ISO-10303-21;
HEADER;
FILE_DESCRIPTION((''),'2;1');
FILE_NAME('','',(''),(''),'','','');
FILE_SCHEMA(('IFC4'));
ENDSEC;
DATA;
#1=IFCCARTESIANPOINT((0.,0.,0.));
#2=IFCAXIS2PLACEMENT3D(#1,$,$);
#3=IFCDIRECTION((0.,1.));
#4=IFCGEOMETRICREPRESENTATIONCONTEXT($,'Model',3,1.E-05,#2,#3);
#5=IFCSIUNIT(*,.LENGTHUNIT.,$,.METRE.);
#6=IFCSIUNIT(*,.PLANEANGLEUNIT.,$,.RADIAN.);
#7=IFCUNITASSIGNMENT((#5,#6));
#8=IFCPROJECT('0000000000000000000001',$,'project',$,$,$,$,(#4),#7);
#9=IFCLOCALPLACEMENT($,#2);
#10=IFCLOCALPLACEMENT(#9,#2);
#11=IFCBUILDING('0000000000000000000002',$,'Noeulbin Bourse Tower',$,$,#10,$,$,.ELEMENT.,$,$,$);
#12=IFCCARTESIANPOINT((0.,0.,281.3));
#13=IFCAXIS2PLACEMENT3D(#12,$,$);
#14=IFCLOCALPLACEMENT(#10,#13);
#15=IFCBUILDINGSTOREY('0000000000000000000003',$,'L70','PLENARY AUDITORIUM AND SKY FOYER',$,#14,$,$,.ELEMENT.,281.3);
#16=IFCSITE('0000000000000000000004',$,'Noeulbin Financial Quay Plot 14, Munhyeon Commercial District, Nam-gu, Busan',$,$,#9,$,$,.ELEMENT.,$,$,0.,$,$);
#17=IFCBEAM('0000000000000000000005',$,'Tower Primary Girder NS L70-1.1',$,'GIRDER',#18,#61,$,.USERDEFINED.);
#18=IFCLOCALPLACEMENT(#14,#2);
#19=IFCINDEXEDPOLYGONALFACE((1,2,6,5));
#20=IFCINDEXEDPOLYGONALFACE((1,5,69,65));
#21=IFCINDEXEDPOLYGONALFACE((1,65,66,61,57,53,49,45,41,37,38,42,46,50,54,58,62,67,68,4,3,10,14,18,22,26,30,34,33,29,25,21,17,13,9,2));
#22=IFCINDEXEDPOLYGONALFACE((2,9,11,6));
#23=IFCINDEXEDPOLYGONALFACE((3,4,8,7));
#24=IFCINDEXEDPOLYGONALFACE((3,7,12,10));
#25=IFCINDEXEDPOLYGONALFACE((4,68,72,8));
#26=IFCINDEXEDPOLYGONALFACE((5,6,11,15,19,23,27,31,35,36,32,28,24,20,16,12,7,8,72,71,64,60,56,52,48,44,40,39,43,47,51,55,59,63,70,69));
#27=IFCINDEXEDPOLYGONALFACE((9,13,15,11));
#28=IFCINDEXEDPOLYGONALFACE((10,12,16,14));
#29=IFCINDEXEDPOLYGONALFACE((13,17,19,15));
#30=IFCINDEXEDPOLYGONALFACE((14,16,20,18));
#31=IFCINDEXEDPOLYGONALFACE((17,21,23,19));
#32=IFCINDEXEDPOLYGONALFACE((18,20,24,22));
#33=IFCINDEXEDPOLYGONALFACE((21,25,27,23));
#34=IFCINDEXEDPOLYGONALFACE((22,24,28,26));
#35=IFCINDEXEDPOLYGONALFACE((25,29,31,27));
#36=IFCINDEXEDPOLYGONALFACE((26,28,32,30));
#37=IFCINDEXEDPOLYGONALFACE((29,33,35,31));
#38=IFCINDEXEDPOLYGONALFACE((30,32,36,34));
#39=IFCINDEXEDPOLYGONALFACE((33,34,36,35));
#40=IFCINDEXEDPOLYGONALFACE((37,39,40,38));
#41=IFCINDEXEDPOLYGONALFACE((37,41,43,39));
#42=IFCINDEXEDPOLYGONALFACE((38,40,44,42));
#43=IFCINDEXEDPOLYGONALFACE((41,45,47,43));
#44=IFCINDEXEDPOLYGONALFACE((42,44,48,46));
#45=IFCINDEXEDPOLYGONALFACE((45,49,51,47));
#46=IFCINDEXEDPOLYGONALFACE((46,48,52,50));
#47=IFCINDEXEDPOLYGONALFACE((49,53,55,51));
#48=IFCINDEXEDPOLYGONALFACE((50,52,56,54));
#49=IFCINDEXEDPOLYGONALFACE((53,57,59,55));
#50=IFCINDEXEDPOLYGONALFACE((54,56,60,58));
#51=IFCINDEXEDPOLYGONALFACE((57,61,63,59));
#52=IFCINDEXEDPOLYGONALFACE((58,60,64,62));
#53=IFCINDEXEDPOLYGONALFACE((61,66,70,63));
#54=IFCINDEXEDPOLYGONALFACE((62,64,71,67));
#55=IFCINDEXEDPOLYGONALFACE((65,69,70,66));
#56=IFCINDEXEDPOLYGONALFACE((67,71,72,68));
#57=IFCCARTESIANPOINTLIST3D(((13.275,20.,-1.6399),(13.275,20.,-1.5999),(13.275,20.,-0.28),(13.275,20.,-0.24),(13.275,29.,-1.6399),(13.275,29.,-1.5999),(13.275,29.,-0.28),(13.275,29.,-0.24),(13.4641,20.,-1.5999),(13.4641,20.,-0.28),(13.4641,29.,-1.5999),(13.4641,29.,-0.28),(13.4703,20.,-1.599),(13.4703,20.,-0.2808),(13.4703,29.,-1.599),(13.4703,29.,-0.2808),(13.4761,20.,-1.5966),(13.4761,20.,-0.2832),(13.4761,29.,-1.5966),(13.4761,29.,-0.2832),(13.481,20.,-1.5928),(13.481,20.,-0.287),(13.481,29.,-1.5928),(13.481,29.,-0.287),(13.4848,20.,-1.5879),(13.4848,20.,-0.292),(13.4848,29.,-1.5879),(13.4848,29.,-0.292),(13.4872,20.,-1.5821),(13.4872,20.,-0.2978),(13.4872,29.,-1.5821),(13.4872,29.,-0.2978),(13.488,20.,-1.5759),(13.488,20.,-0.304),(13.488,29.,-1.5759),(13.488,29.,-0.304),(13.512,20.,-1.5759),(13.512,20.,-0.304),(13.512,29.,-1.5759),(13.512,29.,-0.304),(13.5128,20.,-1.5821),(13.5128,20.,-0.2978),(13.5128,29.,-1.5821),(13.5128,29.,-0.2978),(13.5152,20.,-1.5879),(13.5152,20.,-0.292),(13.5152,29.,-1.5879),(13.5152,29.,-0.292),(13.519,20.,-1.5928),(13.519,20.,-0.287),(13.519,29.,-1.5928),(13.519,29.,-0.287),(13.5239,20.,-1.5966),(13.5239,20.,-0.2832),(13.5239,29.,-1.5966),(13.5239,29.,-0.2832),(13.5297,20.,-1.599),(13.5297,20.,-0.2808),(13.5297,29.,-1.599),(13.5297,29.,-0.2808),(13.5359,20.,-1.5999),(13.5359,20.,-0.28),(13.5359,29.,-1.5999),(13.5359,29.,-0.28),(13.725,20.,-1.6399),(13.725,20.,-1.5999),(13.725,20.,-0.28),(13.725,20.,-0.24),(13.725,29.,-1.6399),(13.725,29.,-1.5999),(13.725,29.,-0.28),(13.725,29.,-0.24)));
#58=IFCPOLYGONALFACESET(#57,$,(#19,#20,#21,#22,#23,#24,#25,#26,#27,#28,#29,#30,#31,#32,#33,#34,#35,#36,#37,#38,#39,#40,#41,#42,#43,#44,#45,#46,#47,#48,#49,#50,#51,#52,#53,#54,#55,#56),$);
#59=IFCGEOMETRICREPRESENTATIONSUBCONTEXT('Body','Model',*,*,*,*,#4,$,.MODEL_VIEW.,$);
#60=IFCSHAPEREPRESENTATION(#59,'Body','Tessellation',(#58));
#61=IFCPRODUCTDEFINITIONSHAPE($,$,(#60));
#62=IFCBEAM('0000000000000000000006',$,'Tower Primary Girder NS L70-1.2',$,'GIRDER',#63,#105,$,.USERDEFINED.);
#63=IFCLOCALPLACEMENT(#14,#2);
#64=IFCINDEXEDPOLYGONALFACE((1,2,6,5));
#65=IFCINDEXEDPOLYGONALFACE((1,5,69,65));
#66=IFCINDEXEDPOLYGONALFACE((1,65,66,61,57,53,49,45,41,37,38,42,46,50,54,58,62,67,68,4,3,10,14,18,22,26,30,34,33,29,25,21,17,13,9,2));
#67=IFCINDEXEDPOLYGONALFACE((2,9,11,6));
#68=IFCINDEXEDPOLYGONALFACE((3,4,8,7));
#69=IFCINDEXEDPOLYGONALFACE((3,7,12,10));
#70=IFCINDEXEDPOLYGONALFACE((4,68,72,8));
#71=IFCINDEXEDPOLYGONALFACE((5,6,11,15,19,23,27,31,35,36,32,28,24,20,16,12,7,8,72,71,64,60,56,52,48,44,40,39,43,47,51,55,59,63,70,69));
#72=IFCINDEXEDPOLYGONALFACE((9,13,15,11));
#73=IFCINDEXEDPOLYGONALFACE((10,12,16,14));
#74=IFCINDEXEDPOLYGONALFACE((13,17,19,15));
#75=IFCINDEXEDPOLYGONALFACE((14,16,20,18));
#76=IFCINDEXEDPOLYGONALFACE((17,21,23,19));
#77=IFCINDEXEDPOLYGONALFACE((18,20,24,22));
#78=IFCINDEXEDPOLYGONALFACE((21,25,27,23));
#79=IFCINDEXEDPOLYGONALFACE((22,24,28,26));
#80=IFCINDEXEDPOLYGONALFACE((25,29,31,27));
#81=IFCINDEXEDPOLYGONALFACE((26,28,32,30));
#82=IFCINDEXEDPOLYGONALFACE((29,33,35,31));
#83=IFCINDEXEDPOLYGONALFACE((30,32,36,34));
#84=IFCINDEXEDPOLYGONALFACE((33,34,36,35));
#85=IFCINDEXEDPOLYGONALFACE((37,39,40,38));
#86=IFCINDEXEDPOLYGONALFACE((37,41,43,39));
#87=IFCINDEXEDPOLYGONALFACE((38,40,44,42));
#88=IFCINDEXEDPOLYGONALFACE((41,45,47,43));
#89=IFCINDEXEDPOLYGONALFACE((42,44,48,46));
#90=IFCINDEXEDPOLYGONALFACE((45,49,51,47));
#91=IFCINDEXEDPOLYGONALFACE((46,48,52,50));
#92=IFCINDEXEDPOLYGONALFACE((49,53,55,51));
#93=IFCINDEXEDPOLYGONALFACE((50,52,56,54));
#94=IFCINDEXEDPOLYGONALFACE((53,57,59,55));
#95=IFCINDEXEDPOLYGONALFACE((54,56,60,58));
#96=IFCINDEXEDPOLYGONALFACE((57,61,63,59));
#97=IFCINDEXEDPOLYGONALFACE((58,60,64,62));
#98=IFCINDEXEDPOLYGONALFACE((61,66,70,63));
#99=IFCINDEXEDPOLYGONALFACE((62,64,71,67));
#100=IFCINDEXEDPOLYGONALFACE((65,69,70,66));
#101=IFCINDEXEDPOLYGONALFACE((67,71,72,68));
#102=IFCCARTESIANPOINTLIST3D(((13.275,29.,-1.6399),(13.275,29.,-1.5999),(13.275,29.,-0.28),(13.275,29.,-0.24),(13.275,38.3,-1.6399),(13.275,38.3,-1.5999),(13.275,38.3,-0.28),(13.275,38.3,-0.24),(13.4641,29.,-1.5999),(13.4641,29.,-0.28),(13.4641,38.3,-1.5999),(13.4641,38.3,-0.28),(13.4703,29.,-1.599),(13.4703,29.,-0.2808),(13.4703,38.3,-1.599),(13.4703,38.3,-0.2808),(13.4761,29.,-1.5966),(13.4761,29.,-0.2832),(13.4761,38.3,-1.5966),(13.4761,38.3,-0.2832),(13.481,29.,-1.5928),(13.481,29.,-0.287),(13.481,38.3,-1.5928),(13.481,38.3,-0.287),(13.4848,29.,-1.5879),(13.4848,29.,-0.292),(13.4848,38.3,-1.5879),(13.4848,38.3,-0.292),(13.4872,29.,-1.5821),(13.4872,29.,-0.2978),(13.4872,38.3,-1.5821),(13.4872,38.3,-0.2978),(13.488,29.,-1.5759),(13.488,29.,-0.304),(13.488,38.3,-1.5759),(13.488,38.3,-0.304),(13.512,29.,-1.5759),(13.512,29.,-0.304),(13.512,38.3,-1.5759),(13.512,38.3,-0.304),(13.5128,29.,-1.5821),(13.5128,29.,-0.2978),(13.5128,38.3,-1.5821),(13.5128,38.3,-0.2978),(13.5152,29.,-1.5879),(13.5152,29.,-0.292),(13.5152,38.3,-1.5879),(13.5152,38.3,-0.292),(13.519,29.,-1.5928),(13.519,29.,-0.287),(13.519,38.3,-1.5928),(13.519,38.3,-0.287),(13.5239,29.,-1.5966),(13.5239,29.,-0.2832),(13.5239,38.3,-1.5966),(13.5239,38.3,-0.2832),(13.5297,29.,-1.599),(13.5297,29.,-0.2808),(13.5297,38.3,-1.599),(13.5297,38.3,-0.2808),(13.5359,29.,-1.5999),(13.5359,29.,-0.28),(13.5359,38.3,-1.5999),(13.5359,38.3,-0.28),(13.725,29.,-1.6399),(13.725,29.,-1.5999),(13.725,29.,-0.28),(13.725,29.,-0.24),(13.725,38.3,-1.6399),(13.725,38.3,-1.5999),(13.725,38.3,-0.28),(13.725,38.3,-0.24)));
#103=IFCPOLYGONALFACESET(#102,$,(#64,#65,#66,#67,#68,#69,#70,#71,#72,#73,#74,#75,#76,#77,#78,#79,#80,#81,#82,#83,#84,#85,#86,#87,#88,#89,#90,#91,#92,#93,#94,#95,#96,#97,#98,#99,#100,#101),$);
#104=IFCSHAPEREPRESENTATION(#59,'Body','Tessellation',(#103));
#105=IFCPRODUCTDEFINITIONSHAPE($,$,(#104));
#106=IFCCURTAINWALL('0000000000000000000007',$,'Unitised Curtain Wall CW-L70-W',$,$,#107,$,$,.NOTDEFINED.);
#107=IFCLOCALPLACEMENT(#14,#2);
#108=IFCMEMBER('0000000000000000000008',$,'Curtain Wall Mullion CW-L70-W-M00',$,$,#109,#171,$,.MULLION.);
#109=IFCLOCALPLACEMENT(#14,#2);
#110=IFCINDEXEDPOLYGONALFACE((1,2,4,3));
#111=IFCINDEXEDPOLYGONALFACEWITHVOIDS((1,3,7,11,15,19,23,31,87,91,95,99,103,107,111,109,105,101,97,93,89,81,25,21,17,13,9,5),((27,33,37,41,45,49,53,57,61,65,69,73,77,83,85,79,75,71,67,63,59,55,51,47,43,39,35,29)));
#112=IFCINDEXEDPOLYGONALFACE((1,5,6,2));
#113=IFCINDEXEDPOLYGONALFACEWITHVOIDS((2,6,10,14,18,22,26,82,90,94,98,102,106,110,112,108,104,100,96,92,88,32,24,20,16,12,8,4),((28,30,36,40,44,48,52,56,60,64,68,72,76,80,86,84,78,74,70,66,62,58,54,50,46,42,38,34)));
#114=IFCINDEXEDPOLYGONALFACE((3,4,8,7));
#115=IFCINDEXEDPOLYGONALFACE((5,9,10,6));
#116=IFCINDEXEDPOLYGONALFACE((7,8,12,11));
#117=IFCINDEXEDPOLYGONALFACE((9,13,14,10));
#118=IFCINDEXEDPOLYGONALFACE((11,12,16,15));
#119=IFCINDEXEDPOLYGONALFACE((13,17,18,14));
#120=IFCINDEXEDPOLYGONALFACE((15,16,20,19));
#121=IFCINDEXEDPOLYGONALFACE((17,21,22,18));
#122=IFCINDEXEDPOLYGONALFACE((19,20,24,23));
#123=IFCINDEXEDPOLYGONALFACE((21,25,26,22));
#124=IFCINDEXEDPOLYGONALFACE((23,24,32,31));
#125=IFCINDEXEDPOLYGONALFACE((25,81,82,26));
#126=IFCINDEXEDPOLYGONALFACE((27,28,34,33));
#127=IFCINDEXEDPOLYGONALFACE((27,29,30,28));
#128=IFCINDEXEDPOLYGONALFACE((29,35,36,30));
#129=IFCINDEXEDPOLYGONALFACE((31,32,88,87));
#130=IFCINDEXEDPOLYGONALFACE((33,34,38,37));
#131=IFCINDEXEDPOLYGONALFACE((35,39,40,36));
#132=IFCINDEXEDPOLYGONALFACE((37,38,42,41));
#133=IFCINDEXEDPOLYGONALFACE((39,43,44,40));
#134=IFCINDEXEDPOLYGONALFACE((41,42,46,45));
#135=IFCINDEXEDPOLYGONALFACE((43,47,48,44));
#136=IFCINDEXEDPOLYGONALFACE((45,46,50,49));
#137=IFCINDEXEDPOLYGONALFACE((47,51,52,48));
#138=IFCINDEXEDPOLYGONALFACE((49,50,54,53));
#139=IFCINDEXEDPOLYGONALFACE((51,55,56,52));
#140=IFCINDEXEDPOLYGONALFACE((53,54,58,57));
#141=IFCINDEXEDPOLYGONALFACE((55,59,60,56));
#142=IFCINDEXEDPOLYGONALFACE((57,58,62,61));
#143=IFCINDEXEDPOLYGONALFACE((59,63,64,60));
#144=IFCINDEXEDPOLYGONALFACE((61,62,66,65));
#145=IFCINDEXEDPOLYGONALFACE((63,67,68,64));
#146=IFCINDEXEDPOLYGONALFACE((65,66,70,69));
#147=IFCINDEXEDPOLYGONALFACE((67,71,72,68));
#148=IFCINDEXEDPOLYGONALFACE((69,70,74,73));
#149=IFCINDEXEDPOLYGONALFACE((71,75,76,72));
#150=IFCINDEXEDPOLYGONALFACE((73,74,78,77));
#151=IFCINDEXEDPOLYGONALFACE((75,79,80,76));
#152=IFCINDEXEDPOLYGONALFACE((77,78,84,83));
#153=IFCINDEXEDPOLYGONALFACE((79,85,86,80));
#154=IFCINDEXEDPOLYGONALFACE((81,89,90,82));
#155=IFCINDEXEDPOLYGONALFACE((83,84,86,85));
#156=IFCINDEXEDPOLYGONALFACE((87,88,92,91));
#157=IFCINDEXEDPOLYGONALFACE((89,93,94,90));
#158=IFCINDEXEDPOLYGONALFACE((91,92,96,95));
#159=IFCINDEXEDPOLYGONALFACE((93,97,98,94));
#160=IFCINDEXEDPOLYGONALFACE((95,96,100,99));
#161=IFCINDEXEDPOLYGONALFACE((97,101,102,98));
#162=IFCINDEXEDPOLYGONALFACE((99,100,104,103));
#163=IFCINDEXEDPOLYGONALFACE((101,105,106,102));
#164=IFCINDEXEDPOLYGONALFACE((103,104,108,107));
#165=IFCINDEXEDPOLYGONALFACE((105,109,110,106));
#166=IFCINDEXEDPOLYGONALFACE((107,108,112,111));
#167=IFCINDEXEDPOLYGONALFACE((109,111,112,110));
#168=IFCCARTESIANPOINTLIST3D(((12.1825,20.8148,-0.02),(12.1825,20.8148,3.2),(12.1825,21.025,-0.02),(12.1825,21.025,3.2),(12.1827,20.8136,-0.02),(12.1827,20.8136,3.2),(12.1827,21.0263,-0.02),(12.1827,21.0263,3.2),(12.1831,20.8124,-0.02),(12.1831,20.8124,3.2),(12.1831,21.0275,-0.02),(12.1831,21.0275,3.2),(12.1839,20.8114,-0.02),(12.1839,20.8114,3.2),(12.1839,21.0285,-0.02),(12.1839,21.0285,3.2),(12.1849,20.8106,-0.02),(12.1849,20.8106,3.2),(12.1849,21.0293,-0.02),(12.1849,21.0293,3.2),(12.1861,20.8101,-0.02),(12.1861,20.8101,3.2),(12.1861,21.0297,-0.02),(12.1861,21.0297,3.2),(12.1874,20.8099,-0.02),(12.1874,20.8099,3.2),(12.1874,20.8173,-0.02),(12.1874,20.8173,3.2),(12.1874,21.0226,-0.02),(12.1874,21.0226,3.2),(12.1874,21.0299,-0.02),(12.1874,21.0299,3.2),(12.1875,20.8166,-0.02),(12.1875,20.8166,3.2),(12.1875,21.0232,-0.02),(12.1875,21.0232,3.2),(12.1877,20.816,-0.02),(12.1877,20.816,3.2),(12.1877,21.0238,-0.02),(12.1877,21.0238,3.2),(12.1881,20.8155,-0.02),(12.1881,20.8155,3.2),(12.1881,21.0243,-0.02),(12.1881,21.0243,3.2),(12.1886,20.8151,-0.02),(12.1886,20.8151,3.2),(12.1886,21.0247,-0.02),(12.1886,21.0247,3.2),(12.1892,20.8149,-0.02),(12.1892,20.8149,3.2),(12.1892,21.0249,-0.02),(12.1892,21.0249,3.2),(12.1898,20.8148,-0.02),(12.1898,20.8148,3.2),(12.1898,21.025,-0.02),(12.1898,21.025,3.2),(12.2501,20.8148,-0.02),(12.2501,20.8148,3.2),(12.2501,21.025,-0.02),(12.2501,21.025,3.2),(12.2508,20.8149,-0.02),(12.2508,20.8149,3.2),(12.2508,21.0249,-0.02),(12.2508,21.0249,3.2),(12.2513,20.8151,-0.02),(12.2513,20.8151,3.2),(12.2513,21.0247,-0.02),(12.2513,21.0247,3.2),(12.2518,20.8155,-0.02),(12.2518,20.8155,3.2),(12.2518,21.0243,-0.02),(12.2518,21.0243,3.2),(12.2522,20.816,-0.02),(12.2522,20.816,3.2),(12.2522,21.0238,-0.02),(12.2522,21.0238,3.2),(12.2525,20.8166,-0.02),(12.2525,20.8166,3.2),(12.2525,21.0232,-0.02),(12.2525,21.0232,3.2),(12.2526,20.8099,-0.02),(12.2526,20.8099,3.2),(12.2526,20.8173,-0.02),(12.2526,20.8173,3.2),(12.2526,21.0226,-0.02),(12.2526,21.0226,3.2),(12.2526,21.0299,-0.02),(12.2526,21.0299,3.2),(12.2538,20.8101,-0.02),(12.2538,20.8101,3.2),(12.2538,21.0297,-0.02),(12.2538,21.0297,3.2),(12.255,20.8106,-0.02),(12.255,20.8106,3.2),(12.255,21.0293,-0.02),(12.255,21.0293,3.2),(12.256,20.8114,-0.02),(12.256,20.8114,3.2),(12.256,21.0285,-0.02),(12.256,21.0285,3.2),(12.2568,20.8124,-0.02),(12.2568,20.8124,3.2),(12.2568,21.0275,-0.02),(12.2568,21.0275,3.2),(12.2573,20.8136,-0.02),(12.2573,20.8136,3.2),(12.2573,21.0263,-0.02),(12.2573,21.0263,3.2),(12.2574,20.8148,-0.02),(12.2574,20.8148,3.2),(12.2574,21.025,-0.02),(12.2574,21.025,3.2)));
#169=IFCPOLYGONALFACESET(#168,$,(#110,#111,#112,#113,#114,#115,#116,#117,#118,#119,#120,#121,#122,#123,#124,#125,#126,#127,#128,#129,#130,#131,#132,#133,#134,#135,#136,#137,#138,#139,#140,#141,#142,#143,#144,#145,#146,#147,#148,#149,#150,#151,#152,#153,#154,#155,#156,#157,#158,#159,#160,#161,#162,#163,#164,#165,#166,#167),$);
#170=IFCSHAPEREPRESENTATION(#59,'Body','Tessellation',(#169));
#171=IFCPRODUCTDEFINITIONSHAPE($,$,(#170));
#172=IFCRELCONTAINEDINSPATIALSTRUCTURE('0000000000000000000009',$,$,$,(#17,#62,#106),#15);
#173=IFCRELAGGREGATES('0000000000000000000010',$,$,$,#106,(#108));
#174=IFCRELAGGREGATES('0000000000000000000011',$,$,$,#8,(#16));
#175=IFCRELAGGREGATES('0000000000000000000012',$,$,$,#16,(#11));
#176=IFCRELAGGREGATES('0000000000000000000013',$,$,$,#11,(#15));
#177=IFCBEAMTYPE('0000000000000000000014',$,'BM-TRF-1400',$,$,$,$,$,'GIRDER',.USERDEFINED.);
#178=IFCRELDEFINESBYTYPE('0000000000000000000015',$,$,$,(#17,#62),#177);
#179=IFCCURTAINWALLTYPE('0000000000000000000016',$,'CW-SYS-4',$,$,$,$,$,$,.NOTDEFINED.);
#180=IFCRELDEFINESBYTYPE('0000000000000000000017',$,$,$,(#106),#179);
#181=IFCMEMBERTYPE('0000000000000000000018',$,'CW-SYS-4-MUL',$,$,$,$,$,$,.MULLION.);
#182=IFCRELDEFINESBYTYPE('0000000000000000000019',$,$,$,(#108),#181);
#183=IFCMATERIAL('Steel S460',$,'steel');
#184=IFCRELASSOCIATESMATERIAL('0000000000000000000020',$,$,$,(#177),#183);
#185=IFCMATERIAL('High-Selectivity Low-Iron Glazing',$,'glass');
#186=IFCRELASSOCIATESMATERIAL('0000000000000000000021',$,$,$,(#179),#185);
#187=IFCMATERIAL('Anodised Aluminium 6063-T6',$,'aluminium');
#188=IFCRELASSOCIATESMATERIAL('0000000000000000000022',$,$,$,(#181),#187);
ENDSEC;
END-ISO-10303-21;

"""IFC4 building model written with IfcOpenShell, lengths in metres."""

from ifc_helpers import new_model, si_unit, direction, frame, origin, origin_2d, place, context, subcontext, project, spatial, hollow_rectangle, i_section, extrude, material, material_profile, profile_set, type_object, element, aggregate, save


model = new_model("IFC4")

# Units and contexts
model_context = context("Model", 3, precision=1e-05, world=origin(), true_north=direction((0.0, 1.0)))
body_context = subcontext(model_context, "Body", "Model", "MODEL_VIEW")
ifc_project = project(units=[si_unit("LENGTHUNIT", "METRE"), si_unit("PLANEANGLEUNIT", "RADIAN")], contexts=[model_context])

# Site, building, storey
site_placement = place(None, origin())
site = spatial("IfcSite", under=ifc_project, at=site_placement, Name="Noeulbin Financial Quay Plot 14, Munhyeon Commercial District, Nam-gu, Busan", CompositionType="ELEMENT", RefElevation=0.0)
building_placement = place(site_placement, origin())
building = spatial("IfcBuilding", under=site, at=building_placement, Name="Noeulbin Bourse Tower", CompositionType="ELEMENT")
storey_placement = place(building_placement, frame((0.0, 0.0, 281.3)))
storey = spatial("IfcBuildingStorey", under=building, at=storey_placement, Name="L70", Description="PLENARY AUDITORIUM AND SKY FOYER", CompositionType="ELEMENT", Elevation=281.3)

# Beams
ifc_material_1 = material(Name="Steel S460", Category="steel")
ifc_material_profile_1 = material_profile(ifc_material_1, i_section(OverallWidth=0.45, OverallDepth=1.3999, WebThickness=0.0239, FlangeThickness=0.04, FilletRadius=0.0239, at=origin_2d()), Name="PG-1400x450x24x40", Category="LoadBearing")
ifc_profile_set_1 = profile_set([ifc_material_profile_1], Name="Steel S460")
beam_type = type_object("IfcBeamType", Name="BM-TRF-1400", ElementType="GIRDER", PredefinedType="USERDEFINED", material=ifc_profile_set_1)
beam_1_placement = place(storey_placement, frame((13.5, 20.0, -0.9399), z_axis=(0.0, 1.0, 0.0), x_axis=(-1.0, 0.0, 0.0)))
element("IfcBeam", 1, at=beam_1_placement, inside=storey, type_object=beam_type, Name="Tower Primary Girder NS L70-1.1", ObjectType="GIRDER", PredefinedType="USERDEFINED", context=body_context, shape_type="SweptSolid", body=[
    extrude(i_section(OverallWidth=0.45, OverallDepth=1.3999, WebThickness=0.0239, FlangeThickness=0.04, FilletRadius=0.0239, at=origin_2d()), origin(), (0.0, 0.0, 1.0), 9.0),
])
beam_2_placement = place(storey_placement, frame((13.5, 29.0, -0.9399), z_axis=(0.0, 1.0, 0.0), x_axis=(-1.0, 0.0, 0.0)))
element("IfcBeam", 2, at=beam_2_placement, inside=storey, type_object=beam_type, Name="Tower Primary Girder NS L70-1.2", ObjectType="GIRDER", PredefinedType="USERDEFINED", context=body_context, shape_type="SweptSolid", body=[
    extrude(i_section(OverallWidth=0.45, OverallDepth=1.3999, WebThickness=0.0239, FlangeThickness=0.04, FilletRadius=0.0239, at=origin_2d()), origin(), (0.0, 0.0, 1.0), 9.3),
])

# Curtain wall, member
ifc_material_2 = material(Name="High-Selectivity Low-Iron Glazing", Category="glass")
curtain_wall_type = type_object("IfcCurtainWallType", Name="CW-SYS-4", PredefinedType="NOTDEFINED", material=ifc_material_2)
curtain_wall_placement = place(storey_placement, origin())
curtain_wall = element("IfcCurtainWall", 3, at=curtain_wall_placement, inside=storey, type_object=curtain_wall_type, Name="Unitised Curtain Wall CW-L70-W", PredefinedType="NOTDEFINED")
ifc_material_3 = material(Name="Anodised Aluminium 6063-T6", Category="aluminium")
ifc_material_profile_2 = material_profile(ifc_material_3, hollow_rectangle(XDim=0.075, YDim=0.22, WallThickness=0.0049, InnerFilletRadius=0.0024, OuterFilletRadius=0.0049, at=origin_2d()), Name="ALU-MULL-75x220x5", Category="LoadBearing")
ifc_profile_set_2 = profile_set([ifc_material_profile_2], Name="Anodised Aluminium 6063-T6")
member_type_1 = type_object("IfcMemberType", Name="CW-SYS-4-MUL", PredefinedType="MULLION", material=ifc_profile_set_2)
member_1_placement = place(storey_placement, frame((12.22, 20.9199, -0.02), z_axis=(0.0, 0.0, 1.0), x_axis=(1.0, 0.0, 0.0)))
member_1 = element("IfcMember", 4, at=member_1_placement, type_object=member_type_1, Name="Curtain Wall Mullion CW-L70-W-M00", PredefinedType="MULLION", context=body_context, shape_type="SweptSolid", body=[
    extrude(hollow_rectangle(XDim=0.075, YDim=0.22, WallThickness=0.0049, InnerFilletRadius=0.0024, OuterFilletRadius=0.0049, at=origin_2d()), origin(), (0.0, 0.0, 1.0), 3.22),
])
aggregate(curtain_wall, [member_1])

save(model, "model.ifc")
